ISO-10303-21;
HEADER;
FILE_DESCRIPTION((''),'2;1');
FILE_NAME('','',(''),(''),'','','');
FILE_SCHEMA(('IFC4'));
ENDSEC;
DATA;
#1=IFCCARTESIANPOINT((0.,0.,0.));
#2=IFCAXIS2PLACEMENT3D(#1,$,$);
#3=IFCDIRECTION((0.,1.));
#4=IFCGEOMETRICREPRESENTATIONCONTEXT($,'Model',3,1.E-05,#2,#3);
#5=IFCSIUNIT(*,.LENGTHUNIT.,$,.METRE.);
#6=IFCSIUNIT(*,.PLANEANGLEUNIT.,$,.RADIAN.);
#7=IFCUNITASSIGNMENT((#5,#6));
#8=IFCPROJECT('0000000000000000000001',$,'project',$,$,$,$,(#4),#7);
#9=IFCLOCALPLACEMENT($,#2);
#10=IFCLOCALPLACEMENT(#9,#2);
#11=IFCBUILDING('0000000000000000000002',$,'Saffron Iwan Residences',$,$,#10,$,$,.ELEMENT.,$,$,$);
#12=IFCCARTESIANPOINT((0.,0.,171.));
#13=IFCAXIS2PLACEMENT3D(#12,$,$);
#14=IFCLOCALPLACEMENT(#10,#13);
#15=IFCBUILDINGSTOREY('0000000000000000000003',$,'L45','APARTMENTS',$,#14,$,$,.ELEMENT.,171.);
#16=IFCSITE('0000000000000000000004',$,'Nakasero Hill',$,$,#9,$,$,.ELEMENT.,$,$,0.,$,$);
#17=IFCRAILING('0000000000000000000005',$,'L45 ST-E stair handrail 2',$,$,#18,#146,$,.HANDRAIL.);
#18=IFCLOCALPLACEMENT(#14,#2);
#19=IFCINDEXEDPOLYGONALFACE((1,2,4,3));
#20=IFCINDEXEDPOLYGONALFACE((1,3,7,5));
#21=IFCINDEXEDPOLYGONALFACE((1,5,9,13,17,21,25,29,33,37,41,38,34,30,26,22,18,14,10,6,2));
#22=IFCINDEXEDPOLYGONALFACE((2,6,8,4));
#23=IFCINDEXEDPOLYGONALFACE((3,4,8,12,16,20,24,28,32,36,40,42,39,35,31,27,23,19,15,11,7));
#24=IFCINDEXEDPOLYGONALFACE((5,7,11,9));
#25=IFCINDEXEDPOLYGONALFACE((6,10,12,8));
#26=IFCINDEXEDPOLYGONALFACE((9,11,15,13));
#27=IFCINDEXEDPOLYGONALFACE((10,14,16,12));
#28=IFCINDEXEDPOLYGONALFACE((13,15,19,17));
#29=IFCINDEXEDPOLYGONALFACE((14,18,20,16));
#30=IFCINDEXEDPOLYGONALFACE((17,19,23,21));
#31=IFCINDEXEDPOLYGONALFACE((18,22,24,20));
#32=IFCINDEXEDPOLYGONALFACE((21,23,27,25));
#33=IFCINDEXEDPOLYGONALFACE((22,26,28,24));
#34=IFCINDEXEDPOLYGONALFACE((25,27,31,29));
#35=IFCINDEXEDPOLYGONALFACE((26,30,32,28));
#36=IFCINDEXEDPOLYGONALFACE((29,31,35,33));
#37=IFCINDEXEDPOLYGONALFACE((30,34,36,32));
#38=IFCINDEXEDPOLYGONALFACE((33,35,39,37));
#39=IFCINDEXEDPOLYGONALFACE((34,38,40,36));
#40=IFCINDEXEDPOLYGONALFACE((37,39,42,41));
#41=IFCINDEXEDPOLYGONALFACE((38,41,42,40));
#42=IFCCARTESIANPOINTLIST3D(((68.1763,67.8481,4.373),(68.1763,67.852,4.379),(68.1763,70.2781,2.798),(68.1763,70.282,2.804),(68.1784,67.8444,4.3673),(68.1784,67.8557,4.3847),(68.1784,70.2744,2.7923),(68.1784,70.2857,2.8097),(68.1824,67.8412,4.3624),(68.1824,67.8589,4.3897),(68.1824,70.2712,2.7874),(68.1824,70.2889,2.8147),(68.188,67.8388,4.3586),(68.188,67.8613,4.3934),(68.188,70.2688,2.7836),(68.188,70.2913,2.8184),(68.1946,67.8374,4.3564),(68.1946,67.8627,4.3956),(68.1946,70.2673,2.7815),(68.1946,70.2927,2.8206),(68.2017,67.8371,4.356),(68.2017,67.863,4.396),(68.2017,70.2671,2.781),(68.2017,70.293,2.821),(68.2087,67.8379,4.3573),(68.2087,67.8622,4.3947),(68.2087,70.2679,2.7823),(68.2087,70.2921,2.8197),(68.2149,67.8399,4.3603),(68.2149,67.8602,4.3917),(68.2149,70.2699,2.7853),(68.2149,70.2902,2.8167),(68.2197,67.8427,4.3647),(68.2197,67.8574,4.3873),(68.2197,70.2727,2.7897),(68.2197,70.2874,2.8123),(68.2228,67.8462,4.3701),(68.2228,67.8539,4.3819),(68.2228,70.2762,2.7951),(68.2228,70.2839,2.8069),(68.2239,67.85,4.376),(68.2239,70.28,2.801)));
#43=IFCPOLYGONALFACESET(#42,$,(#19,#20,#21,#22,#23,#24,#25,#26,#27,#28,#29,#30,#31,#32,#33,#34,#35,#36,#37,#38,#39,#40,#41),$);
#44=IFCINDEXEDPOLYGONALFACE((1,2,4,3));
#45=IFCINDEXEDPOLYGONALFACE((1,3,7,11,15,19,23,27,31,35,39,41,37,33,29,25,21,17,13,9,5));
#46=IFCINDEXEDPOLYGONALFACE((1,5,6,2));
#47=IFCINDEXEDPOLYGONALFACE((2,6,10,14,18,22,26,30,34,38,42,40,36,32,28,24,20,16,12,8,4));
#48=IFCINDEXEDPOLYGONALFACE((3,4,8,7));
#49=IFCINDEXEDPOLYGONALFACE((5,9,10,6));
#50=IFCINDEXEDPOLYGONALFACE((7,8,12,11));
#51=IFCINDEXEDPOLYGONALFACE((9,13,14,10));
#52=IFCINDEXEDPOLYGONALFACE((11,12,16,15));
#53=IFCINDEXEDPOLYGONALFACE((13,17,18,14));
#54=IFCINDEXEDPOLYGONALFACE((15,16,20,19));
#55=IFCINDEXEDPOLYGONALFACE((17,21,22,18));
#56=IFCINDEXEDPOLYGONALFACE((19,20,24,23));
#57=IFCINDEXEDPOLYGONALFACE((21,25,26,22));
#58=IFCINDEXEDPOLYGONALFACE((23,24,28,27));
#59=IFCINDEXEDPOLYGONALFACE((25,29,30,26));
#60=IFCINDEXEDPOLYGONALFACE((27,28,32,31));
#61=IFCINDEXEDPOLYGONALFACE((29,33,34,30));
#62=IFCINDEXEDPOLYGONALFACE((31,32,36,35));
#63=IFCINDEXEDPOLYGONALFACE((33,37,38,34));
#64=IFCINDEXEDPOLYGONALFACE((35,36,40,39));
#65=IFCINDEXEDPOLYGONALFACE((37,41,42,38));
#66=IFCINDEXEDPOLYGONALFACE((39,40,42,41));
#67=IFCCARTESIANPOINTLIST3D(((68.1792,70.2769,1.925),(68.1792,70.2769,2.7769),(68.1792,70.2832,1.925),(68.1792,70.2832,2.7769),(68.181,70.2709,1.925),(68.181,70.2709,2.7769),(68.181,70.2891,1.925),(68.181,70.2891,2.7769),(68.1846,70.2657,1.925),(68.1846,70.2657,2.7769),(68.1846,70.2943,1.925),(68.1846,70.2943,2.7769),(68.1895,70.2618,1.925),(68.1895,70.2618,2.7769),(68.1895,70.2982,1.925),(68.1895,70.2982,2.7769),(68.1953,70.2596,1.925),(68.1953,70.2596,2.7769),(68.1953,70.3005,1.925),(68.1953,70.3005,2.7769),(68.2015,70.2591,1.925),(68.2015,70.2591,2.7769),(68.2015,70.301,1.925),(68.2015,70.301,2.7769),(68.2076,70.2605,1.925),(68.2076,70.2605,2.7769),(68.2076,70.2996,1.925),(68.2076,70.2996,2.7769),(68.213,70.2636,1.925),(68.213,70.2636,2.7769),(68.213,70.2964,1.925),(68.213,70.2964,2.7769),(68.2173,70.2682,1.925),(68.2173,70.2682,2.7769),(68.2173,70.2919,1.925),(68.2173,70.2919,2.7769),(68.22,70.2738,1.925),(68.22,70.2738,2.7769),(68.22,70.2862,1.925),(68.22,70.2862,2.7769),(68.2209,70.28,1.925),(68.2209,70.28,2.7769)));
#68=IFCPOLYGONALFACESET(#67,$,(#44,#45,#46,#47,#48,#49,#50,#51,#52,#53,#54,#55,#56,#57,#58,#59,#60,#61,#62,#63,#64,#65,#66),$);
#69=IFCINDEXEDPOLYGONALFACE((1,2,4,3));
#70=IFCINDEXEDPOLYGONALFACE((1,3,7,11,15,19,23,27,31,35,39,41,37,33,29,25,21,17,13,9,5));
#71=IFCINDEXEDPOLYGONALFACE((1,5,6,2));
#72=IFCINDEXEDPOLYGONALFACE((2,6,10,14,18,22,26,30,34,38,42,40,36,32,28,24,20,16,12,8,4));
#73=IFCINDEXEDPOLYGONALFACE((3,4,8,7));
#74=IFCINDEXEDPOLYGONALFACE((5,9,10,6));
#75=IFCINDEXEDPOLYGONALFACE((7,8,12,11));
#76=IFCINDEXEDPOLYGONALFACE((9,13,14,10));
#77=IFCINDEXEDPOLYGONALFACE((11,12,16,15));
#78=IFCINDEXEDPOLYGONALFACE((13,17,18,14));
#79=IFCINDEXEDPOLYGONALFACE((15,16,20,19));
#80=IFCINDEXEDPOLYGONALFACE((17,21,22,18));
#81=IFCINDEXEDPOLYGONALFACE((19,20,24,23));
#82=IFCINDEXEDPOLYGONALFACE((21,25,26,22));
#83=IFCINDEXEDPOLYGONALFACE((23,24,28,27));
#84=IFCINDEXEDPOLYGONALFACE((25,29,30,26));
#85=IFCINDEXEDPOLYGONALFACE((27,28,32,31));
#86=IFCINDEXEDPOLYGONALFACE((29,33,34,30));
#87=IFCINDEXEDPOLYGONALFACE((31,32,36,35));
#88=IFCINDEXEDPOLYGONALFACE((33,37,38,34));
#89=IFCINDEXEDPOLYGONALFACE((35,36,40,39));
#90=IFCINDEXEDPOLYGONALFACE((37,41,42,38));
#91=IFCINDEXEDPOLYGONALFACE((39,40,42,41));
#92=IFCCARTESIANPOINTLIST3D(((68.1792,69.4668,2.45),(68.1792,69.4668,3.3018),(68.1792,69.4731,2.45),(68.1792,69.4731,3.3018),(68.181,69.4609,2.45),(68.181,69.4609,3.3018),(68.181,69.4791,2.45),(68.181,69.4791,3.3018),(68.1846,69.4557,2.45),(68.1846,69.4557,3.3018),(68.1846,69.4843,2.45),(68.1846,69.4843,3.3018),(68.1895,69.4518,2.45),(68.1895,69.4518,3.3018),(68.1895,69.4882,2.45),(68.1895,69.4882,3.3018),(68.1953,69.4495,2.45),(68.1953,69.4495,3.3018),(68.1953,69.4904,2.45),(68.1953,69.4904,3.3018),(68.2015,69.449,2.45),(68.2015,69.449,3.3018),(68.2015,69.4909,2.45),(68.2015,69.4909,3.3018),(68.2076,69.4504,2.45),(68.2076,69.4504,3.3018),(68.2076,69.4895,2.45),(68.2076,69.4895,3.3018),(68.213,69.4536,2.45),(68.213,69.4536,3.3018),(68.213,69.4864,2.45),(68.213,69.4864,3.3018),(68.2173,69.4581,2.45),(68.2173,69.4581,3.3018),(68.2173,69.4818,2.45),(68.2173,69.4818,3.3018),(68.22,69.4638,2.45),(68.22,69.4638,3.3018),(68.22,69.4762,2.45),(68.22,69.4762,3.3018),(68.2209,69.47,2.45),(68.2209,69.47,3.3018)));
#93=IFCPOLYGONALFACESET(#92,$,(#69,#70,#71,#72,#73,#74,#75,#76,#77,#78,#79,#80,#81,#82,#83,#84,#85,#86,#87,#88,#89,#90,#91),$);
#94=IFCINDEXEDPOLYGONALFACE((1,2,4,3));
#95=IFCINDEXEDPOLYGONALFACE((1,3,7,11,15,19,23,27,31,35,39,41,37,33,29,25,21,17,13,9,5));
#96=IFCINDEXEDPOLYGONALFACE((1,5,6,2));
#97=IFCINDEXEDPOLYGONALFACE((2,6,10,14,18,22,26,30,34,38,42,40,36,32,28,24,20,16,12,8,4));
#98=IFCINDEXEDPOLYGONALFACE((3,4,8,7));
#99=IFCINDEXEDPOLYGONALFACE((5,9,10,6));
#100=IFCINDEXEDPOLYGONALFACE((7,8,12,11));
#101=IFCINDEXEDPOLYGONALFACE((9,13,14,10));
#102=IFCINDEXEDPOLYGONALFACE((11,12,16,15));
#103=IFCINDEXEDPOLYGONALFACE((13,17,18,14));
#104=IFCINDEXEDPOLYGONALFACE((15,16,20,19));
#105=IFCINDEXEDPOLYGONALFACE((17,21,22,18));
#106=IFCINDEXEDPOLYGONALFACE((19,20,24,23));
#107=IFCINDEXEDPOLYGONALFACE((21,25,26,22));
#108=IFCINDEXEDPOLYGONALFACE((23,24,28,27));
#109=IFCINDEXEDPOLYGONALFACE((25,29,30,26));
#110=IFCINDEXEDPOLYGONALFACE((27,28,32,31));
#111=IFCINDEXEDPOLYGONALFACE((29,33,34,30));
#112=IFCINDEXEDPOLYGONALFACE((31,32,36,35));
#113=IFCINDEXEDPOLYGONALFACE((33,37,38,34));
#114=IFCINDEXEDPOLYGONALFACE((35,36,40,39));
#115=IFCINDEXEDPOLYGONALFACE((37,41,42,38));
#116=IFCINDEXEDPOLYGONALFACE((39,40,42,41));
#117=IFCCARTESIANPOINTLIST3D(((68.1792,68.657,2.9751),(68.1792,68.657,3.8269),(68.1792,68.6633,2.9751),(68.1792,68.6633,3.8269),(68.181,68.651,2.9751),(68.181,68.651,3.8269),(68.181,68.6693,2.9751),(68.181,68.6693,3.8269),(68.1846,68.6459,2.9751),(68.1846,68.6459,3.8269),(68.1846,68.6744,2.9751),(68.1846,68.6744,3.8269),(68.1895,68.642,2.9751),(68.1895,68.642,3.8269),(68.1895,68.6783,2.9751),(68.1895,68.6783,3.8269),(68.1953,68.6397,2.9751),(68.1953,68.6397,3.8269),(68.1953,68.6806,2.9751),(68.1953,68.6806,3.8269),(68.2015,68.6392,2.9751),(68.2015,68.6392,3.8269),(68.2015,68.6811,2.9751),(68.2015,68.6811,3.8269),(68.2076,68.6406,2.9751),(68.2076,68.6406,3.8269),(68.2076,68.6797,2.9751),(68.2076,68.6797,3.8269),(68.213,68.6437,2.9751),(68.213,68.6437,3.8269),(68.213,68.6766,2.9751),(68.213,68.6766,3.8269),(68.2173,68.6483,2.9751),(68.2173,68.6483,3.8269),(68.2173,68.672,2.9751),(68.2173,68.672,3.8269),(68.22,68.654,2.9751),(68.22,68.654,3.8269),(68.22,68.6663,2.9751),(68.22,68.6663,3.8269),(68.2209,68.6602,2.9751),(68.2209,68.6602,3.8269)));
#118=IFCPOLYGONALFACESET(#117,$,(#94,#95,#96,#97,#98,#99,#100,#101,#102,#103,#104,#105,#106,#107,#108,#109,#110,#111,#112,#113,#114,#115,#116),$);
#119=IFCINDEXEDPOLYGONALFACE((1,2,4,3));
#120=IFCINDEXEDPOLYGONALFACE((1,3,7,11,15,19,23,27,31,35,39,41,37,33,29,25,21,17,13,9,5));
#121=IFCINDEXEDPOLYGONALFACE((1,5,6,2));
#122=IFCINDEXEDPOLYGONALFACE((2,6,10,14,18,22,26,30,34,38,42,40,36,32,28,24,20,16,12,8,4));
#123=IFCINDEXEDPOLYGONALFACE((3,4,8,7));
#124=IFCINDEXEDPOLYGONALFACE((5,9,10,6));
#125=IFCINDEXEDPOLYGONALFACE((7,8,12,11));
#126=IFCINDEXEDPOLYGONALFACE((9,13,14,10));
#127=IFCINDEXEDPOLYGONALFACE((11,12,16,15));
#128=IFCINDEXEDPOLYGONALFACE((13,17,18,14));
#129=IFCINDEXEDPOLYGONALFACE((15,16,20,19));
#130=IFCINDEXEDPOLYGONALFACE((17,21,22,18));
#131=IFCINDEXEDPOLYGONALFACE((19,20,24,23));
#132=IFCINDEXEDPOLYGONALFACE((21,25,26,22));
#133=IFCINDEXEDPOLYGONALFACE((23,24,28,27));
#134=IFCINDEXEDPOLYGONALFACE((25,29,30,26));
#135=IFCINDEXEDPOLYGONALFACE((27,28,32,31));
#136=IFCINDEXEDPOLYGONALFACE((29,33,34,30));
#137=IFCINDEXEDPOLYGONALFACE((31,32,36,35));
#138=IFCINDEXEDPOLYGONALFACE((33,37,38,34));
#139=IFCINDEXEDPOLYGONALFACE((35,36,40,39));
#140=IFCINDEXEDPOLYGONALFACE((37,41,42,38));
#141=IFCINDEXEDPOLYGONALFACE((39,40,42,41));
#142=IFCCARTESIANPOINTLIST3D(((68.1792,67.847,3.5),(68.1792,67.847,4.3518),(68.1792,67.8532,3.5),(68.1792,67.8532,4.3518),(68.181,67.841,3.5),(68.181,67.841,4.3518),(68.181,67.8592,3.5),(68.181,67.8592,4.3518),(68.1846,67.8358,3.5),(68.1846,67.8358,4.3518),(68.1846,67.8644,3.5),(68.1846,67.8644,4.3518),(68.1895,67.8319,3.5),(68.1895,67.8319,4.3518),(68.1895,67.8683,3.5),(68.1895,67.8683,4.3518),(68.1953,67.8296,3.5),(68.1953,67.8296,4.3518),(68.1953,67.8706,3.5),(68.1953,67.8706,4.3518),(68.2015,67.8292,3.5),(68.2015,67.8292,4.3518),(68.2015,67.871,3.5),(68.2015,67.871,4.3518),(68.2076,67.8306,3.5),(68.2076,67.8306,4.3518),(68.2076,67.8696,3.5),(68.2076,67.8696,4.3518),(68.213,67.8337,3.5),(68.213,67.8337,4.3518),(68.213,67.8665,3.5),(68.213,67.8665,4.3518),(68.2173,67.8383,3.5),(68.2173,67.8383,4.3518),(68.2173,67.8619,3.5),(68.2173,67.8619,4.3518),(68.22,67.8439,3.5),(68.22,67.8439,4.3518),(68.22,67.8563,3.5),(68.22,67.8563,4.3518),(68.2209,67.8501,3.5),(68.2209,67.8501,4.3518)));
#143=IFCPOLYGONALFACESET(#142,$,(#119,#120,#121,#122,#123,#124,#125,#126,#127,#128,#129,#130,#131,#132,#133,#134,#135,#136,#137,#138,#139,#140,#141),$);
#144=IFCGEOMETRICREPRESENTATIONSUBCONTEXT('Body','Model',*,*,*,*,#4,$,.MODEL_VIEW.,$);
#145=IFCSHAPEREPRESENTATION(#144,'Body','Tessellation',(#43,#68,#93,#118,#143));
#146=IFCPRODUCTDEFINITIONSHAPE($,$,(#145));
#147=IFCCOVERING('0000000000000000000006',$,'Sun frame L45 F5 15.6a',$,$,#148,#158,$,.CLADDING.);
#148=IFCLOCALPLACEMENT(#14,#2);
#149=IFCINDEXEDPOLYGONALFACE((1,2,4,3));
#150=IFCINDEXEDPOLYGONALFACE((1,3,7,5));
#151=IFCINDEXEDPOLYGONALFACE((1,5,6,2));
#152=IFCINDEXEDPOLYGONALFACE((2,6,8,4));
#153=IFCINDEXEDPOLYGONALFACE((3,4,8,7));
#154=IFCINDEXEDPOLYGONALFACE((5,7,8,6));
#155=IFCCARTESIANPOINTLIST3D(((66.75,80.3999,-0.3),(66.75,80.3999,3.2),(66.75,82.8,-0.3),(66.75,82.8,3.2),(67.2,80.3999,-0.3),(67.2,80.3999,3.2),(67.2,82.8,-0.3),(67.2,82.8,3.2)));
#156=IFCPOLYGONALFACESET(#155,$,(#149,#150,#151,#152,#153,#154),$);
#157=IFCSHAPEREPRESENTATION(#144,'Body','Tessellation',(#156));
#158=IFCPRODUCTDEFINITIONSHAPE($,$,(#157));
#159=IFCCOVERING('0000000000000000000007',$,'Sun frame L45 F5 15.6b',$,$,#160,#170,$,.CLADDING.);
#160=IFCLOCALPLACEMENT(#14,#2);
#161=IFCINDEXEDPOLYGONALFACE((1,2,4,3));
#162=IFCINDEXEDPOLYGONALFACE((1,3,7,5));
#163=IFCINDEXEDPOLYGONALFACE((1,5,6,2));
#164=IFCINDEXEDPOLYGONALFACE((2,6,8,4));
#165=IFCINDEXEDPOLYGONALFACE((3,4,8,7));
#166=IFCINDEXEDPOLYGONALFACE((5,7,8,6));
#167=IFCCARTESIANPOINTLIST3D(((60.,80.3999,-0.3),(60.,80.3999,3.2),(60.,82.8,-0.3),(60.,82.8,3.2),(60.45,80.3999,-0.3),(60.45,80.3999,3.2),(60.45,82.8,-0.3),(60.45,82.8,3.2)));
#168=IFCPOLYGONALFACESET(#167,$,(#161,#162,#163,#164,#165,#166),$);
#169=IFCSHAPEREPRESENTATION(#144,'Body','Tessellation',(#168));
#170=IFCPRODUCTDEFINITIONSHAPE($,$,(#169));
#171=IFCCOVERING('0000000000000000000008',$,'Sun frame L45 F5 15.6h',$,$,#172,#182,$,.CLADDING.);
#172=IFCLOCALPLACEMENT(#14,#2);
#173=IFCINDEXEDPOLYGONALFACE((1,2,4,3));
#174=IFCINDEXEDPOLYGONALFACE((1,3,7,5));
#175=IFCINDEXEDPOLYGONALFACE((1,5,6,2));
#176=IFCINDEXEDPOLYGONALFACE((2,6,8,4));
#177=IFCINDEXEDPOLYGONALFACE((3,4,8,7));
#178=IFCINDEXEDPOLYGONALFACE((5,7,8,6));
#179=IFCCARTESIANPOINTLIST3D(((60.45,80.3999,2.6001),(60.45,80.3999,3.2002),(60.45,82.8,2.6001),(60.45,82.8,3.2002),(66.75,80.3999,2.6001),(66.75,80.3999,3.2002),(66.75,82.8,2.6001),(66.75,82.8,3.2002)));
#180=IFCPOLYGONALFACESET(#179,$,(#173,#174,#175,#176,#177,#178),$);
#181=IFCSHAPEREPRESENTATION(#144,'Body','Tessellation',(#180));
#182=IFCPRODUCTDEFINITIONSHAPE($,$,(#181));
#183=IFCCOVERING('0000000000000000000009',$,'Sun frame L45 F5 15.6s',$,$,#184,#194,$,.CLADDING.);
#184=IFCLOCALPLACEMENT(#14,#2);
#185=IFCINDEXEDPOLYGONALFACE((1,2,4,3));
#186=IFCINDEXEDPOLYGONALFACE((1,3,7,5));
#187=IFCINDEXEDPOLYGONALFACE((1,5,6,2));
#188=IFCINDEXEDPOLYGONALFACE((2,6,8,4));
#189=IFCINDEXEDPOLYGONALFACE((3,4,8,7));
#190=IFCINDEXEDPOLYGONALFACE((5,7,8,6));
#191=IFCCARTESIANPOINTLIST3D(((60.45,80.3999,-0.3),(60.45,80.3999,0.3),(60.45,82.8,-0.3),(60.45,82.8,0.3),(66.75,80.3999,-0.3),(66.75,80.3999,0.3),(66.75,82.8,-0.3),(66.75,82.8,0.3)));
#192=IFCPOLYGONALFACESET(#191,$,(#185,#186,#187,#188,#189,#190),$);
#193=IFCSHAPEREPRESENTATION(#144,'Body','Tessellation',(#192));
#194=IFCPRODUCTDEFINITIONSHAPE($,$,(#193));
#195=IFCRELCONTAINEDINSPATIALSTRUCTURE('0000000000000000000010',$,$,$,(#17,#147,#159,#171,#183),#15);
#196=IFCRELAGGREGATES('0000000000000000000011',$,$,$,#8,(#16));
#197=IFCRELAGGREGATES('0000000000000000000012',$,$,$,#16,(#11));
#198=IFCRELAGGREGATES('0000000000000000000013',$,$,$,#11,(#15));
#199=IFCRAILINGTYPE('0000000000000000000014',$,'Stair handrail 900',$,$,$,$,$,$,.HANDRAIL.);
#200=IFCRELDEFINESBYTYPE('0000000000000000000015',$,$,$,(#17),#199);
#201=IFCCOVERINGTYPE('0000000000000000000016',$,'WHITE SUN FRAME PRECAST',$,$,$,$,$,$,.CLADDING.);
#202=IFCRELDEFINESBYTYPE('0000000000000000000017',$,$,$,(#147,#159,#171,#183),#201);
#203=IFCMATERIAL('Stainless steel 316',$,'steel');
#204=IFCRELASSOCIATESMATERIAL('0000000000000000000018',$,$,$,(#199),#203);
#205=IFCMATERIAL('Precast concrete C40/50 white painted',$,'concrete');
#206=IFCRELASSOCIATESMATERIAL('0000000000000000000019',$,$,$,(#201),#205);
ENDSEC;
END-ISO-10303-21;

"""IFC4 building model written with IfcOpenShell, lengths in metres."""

from ifc_helpers import new_model, si_unit, direction, frame, origin, origin_2d, place, context, subcontext, project, spatial, polyline, circle, outline, extrude, material, type_object, element, save


model = new_model("IFC4")

# Units and contexts
model_context = context("Model", 3, precision=1e-05, world=origin(), true_north=direction((0.0, 1.0)))
body_context = subcontext(model_context, "Body", "Model", "MODEL_VIEW")
ifc_project = project(units=[si_unit("LENGTHUNIT", "METRE"), si_unit("PLANEANGLEUNIT", "RADIAN")], contexts=[model_context])

# Site, building, storey
site_placement = place(None, origin())
site = spatial("IfcSite", under=ifc_project, at=site_placement, Name="Nakasero Hill", CompositionType="ELEMENT", RefElevation=0.0)
building_placement = place(site_placement, origin())
building = spatial("IfcBuilding", under=site, at=building_placement, Name="Saffron Iwan Residences", CompositionType="ELEMENT")
storey_placement = place(building_placement, frame((0.0, 0.0, 171.0)))
storey = spatial("IfcBuildingStorey", under=building, at=storey_placement, Name="L45", Description="APARTMENTS", CompositionType="ELEMENT", Elevation=171.0)

# Railing
ifc_material_1 = material(Name="Stainless steel 316", Category="steel")
railing_type_1 = type_object("IfcRailingType", Name="Stair handrail 900", PredefinedType="HANDRAIL", material=ifc_material_1)
railing_1_placement = place(storey_placement, frame((68.2, 70.28, 1.925)))
element("IfcRailing", 1, at=railing_1_placement, inside=storey, type_object=railing_type_1, Name="L45 ST-E stair handrail 2", PredefinedType="HANDRAIL", context=body_context, shape_type="SweptSolid", body=[
    extrude(circle(Radius=0.0239, at=origin_2d()), frame((0.0, 0.0, 0.876), z_axis=(0.0, -0.839154, 0.543894), x_axis=(1.0, 0.0, 0.0)), (0.0, 0.0, 1.0), 2.8958),
    extrude(circle(Radius=0.021, at=origin_2d()), origin(), (0.0, 0.0, 1.0), 0.8518),
    extrude(circle(Radius=0.021, at=origin_2d()), frame((0.0, -0.8101, 0.5249)), (0.0, 0.0, 1.0), 0.8518),
    extrude(circle(Radius=0.021, at=origin_2d()), frame((0.0, -1.6199, 1.05)), (0.0, 0.0, 1.0), 0.8518),
    extrude(circle(Radius=0.021, at=origin_2d()), frame((0.0, -2.4299, 1.575)), (0.0, 0.0, 1.0), 0.8518),
])

# Coverings
ifc_material_2 = material(Name="Precast concrete C40/50 white painted", Category="concrete")
covering_type_1 = type_object("IfcCoveringType", Name="WHITE SUN FRAME PRECAST", PredefinedType="CLADDING", material=ifc_material_2)
for number, where, z_axis, x_axis, name in (
    (2, (67.2, 80.3999, -0.3), (0.0, 1.0, 0.0), (-1.0, 0.0, 0.0), "Sun frame L45 F5 15.6a"),
    (3, (60.45, 80.3999, -0.3), (0.0, 1.0, 0.0), (-1.0, 0.0, 0.0), "Sun frame L45 F5 15.6b"),
):
    element("IfcCovering", number, at=place(storey_placement, frame(where, z_axis=z_axis, x_axis=x_axis)), inside=storey, type_object=covering_type_1, Name=name, PredefinedType="CLADDING", context=body_context, shape_type="SweptSolid", body=[
        extrude(outline(polyline([(0.0, 0.0), (0.45, 0.0), (0.45, 3.5), (0.0, 3.5), (0.0, 0.0)])), origin(), (0.0, 0.0, 1.0), 2.4001),
    ])
for number, where, z_axis, x_axis, name in (
    (4, (66.75, 80.3999, 2.6001), (0.0, 1.0, 0.0), (-1.0, 0.0, 0.0), "Sun frame L45 F5 15.6h"),
    (5, (66.75, 80.3999, -0.3), (0.0, 1.0, 0.0), (-1.0, 0.0, 0.0), "Sun frame L45 F5 15.6s"),
):
    element("IfcCovering", number, at=place(storey_placement, frame(where, z_axis=z_axis, x_axis=x_axis)), inside=storey, type_object=covering_type_1, Name=name, PredefinedType="CLADDING", context=body_context, shape_type="SweptSolid", body=[
        extrude(outline(polyline([(0.0, 0.0), (6.3, 0.0), (6.3, 0.6001), (0.0, 0.6001), (0.0, 0.0)])), origin(), (0.0, 0.0, 1.0), 2.4001),
    ])

save(model, "model.ifc")
